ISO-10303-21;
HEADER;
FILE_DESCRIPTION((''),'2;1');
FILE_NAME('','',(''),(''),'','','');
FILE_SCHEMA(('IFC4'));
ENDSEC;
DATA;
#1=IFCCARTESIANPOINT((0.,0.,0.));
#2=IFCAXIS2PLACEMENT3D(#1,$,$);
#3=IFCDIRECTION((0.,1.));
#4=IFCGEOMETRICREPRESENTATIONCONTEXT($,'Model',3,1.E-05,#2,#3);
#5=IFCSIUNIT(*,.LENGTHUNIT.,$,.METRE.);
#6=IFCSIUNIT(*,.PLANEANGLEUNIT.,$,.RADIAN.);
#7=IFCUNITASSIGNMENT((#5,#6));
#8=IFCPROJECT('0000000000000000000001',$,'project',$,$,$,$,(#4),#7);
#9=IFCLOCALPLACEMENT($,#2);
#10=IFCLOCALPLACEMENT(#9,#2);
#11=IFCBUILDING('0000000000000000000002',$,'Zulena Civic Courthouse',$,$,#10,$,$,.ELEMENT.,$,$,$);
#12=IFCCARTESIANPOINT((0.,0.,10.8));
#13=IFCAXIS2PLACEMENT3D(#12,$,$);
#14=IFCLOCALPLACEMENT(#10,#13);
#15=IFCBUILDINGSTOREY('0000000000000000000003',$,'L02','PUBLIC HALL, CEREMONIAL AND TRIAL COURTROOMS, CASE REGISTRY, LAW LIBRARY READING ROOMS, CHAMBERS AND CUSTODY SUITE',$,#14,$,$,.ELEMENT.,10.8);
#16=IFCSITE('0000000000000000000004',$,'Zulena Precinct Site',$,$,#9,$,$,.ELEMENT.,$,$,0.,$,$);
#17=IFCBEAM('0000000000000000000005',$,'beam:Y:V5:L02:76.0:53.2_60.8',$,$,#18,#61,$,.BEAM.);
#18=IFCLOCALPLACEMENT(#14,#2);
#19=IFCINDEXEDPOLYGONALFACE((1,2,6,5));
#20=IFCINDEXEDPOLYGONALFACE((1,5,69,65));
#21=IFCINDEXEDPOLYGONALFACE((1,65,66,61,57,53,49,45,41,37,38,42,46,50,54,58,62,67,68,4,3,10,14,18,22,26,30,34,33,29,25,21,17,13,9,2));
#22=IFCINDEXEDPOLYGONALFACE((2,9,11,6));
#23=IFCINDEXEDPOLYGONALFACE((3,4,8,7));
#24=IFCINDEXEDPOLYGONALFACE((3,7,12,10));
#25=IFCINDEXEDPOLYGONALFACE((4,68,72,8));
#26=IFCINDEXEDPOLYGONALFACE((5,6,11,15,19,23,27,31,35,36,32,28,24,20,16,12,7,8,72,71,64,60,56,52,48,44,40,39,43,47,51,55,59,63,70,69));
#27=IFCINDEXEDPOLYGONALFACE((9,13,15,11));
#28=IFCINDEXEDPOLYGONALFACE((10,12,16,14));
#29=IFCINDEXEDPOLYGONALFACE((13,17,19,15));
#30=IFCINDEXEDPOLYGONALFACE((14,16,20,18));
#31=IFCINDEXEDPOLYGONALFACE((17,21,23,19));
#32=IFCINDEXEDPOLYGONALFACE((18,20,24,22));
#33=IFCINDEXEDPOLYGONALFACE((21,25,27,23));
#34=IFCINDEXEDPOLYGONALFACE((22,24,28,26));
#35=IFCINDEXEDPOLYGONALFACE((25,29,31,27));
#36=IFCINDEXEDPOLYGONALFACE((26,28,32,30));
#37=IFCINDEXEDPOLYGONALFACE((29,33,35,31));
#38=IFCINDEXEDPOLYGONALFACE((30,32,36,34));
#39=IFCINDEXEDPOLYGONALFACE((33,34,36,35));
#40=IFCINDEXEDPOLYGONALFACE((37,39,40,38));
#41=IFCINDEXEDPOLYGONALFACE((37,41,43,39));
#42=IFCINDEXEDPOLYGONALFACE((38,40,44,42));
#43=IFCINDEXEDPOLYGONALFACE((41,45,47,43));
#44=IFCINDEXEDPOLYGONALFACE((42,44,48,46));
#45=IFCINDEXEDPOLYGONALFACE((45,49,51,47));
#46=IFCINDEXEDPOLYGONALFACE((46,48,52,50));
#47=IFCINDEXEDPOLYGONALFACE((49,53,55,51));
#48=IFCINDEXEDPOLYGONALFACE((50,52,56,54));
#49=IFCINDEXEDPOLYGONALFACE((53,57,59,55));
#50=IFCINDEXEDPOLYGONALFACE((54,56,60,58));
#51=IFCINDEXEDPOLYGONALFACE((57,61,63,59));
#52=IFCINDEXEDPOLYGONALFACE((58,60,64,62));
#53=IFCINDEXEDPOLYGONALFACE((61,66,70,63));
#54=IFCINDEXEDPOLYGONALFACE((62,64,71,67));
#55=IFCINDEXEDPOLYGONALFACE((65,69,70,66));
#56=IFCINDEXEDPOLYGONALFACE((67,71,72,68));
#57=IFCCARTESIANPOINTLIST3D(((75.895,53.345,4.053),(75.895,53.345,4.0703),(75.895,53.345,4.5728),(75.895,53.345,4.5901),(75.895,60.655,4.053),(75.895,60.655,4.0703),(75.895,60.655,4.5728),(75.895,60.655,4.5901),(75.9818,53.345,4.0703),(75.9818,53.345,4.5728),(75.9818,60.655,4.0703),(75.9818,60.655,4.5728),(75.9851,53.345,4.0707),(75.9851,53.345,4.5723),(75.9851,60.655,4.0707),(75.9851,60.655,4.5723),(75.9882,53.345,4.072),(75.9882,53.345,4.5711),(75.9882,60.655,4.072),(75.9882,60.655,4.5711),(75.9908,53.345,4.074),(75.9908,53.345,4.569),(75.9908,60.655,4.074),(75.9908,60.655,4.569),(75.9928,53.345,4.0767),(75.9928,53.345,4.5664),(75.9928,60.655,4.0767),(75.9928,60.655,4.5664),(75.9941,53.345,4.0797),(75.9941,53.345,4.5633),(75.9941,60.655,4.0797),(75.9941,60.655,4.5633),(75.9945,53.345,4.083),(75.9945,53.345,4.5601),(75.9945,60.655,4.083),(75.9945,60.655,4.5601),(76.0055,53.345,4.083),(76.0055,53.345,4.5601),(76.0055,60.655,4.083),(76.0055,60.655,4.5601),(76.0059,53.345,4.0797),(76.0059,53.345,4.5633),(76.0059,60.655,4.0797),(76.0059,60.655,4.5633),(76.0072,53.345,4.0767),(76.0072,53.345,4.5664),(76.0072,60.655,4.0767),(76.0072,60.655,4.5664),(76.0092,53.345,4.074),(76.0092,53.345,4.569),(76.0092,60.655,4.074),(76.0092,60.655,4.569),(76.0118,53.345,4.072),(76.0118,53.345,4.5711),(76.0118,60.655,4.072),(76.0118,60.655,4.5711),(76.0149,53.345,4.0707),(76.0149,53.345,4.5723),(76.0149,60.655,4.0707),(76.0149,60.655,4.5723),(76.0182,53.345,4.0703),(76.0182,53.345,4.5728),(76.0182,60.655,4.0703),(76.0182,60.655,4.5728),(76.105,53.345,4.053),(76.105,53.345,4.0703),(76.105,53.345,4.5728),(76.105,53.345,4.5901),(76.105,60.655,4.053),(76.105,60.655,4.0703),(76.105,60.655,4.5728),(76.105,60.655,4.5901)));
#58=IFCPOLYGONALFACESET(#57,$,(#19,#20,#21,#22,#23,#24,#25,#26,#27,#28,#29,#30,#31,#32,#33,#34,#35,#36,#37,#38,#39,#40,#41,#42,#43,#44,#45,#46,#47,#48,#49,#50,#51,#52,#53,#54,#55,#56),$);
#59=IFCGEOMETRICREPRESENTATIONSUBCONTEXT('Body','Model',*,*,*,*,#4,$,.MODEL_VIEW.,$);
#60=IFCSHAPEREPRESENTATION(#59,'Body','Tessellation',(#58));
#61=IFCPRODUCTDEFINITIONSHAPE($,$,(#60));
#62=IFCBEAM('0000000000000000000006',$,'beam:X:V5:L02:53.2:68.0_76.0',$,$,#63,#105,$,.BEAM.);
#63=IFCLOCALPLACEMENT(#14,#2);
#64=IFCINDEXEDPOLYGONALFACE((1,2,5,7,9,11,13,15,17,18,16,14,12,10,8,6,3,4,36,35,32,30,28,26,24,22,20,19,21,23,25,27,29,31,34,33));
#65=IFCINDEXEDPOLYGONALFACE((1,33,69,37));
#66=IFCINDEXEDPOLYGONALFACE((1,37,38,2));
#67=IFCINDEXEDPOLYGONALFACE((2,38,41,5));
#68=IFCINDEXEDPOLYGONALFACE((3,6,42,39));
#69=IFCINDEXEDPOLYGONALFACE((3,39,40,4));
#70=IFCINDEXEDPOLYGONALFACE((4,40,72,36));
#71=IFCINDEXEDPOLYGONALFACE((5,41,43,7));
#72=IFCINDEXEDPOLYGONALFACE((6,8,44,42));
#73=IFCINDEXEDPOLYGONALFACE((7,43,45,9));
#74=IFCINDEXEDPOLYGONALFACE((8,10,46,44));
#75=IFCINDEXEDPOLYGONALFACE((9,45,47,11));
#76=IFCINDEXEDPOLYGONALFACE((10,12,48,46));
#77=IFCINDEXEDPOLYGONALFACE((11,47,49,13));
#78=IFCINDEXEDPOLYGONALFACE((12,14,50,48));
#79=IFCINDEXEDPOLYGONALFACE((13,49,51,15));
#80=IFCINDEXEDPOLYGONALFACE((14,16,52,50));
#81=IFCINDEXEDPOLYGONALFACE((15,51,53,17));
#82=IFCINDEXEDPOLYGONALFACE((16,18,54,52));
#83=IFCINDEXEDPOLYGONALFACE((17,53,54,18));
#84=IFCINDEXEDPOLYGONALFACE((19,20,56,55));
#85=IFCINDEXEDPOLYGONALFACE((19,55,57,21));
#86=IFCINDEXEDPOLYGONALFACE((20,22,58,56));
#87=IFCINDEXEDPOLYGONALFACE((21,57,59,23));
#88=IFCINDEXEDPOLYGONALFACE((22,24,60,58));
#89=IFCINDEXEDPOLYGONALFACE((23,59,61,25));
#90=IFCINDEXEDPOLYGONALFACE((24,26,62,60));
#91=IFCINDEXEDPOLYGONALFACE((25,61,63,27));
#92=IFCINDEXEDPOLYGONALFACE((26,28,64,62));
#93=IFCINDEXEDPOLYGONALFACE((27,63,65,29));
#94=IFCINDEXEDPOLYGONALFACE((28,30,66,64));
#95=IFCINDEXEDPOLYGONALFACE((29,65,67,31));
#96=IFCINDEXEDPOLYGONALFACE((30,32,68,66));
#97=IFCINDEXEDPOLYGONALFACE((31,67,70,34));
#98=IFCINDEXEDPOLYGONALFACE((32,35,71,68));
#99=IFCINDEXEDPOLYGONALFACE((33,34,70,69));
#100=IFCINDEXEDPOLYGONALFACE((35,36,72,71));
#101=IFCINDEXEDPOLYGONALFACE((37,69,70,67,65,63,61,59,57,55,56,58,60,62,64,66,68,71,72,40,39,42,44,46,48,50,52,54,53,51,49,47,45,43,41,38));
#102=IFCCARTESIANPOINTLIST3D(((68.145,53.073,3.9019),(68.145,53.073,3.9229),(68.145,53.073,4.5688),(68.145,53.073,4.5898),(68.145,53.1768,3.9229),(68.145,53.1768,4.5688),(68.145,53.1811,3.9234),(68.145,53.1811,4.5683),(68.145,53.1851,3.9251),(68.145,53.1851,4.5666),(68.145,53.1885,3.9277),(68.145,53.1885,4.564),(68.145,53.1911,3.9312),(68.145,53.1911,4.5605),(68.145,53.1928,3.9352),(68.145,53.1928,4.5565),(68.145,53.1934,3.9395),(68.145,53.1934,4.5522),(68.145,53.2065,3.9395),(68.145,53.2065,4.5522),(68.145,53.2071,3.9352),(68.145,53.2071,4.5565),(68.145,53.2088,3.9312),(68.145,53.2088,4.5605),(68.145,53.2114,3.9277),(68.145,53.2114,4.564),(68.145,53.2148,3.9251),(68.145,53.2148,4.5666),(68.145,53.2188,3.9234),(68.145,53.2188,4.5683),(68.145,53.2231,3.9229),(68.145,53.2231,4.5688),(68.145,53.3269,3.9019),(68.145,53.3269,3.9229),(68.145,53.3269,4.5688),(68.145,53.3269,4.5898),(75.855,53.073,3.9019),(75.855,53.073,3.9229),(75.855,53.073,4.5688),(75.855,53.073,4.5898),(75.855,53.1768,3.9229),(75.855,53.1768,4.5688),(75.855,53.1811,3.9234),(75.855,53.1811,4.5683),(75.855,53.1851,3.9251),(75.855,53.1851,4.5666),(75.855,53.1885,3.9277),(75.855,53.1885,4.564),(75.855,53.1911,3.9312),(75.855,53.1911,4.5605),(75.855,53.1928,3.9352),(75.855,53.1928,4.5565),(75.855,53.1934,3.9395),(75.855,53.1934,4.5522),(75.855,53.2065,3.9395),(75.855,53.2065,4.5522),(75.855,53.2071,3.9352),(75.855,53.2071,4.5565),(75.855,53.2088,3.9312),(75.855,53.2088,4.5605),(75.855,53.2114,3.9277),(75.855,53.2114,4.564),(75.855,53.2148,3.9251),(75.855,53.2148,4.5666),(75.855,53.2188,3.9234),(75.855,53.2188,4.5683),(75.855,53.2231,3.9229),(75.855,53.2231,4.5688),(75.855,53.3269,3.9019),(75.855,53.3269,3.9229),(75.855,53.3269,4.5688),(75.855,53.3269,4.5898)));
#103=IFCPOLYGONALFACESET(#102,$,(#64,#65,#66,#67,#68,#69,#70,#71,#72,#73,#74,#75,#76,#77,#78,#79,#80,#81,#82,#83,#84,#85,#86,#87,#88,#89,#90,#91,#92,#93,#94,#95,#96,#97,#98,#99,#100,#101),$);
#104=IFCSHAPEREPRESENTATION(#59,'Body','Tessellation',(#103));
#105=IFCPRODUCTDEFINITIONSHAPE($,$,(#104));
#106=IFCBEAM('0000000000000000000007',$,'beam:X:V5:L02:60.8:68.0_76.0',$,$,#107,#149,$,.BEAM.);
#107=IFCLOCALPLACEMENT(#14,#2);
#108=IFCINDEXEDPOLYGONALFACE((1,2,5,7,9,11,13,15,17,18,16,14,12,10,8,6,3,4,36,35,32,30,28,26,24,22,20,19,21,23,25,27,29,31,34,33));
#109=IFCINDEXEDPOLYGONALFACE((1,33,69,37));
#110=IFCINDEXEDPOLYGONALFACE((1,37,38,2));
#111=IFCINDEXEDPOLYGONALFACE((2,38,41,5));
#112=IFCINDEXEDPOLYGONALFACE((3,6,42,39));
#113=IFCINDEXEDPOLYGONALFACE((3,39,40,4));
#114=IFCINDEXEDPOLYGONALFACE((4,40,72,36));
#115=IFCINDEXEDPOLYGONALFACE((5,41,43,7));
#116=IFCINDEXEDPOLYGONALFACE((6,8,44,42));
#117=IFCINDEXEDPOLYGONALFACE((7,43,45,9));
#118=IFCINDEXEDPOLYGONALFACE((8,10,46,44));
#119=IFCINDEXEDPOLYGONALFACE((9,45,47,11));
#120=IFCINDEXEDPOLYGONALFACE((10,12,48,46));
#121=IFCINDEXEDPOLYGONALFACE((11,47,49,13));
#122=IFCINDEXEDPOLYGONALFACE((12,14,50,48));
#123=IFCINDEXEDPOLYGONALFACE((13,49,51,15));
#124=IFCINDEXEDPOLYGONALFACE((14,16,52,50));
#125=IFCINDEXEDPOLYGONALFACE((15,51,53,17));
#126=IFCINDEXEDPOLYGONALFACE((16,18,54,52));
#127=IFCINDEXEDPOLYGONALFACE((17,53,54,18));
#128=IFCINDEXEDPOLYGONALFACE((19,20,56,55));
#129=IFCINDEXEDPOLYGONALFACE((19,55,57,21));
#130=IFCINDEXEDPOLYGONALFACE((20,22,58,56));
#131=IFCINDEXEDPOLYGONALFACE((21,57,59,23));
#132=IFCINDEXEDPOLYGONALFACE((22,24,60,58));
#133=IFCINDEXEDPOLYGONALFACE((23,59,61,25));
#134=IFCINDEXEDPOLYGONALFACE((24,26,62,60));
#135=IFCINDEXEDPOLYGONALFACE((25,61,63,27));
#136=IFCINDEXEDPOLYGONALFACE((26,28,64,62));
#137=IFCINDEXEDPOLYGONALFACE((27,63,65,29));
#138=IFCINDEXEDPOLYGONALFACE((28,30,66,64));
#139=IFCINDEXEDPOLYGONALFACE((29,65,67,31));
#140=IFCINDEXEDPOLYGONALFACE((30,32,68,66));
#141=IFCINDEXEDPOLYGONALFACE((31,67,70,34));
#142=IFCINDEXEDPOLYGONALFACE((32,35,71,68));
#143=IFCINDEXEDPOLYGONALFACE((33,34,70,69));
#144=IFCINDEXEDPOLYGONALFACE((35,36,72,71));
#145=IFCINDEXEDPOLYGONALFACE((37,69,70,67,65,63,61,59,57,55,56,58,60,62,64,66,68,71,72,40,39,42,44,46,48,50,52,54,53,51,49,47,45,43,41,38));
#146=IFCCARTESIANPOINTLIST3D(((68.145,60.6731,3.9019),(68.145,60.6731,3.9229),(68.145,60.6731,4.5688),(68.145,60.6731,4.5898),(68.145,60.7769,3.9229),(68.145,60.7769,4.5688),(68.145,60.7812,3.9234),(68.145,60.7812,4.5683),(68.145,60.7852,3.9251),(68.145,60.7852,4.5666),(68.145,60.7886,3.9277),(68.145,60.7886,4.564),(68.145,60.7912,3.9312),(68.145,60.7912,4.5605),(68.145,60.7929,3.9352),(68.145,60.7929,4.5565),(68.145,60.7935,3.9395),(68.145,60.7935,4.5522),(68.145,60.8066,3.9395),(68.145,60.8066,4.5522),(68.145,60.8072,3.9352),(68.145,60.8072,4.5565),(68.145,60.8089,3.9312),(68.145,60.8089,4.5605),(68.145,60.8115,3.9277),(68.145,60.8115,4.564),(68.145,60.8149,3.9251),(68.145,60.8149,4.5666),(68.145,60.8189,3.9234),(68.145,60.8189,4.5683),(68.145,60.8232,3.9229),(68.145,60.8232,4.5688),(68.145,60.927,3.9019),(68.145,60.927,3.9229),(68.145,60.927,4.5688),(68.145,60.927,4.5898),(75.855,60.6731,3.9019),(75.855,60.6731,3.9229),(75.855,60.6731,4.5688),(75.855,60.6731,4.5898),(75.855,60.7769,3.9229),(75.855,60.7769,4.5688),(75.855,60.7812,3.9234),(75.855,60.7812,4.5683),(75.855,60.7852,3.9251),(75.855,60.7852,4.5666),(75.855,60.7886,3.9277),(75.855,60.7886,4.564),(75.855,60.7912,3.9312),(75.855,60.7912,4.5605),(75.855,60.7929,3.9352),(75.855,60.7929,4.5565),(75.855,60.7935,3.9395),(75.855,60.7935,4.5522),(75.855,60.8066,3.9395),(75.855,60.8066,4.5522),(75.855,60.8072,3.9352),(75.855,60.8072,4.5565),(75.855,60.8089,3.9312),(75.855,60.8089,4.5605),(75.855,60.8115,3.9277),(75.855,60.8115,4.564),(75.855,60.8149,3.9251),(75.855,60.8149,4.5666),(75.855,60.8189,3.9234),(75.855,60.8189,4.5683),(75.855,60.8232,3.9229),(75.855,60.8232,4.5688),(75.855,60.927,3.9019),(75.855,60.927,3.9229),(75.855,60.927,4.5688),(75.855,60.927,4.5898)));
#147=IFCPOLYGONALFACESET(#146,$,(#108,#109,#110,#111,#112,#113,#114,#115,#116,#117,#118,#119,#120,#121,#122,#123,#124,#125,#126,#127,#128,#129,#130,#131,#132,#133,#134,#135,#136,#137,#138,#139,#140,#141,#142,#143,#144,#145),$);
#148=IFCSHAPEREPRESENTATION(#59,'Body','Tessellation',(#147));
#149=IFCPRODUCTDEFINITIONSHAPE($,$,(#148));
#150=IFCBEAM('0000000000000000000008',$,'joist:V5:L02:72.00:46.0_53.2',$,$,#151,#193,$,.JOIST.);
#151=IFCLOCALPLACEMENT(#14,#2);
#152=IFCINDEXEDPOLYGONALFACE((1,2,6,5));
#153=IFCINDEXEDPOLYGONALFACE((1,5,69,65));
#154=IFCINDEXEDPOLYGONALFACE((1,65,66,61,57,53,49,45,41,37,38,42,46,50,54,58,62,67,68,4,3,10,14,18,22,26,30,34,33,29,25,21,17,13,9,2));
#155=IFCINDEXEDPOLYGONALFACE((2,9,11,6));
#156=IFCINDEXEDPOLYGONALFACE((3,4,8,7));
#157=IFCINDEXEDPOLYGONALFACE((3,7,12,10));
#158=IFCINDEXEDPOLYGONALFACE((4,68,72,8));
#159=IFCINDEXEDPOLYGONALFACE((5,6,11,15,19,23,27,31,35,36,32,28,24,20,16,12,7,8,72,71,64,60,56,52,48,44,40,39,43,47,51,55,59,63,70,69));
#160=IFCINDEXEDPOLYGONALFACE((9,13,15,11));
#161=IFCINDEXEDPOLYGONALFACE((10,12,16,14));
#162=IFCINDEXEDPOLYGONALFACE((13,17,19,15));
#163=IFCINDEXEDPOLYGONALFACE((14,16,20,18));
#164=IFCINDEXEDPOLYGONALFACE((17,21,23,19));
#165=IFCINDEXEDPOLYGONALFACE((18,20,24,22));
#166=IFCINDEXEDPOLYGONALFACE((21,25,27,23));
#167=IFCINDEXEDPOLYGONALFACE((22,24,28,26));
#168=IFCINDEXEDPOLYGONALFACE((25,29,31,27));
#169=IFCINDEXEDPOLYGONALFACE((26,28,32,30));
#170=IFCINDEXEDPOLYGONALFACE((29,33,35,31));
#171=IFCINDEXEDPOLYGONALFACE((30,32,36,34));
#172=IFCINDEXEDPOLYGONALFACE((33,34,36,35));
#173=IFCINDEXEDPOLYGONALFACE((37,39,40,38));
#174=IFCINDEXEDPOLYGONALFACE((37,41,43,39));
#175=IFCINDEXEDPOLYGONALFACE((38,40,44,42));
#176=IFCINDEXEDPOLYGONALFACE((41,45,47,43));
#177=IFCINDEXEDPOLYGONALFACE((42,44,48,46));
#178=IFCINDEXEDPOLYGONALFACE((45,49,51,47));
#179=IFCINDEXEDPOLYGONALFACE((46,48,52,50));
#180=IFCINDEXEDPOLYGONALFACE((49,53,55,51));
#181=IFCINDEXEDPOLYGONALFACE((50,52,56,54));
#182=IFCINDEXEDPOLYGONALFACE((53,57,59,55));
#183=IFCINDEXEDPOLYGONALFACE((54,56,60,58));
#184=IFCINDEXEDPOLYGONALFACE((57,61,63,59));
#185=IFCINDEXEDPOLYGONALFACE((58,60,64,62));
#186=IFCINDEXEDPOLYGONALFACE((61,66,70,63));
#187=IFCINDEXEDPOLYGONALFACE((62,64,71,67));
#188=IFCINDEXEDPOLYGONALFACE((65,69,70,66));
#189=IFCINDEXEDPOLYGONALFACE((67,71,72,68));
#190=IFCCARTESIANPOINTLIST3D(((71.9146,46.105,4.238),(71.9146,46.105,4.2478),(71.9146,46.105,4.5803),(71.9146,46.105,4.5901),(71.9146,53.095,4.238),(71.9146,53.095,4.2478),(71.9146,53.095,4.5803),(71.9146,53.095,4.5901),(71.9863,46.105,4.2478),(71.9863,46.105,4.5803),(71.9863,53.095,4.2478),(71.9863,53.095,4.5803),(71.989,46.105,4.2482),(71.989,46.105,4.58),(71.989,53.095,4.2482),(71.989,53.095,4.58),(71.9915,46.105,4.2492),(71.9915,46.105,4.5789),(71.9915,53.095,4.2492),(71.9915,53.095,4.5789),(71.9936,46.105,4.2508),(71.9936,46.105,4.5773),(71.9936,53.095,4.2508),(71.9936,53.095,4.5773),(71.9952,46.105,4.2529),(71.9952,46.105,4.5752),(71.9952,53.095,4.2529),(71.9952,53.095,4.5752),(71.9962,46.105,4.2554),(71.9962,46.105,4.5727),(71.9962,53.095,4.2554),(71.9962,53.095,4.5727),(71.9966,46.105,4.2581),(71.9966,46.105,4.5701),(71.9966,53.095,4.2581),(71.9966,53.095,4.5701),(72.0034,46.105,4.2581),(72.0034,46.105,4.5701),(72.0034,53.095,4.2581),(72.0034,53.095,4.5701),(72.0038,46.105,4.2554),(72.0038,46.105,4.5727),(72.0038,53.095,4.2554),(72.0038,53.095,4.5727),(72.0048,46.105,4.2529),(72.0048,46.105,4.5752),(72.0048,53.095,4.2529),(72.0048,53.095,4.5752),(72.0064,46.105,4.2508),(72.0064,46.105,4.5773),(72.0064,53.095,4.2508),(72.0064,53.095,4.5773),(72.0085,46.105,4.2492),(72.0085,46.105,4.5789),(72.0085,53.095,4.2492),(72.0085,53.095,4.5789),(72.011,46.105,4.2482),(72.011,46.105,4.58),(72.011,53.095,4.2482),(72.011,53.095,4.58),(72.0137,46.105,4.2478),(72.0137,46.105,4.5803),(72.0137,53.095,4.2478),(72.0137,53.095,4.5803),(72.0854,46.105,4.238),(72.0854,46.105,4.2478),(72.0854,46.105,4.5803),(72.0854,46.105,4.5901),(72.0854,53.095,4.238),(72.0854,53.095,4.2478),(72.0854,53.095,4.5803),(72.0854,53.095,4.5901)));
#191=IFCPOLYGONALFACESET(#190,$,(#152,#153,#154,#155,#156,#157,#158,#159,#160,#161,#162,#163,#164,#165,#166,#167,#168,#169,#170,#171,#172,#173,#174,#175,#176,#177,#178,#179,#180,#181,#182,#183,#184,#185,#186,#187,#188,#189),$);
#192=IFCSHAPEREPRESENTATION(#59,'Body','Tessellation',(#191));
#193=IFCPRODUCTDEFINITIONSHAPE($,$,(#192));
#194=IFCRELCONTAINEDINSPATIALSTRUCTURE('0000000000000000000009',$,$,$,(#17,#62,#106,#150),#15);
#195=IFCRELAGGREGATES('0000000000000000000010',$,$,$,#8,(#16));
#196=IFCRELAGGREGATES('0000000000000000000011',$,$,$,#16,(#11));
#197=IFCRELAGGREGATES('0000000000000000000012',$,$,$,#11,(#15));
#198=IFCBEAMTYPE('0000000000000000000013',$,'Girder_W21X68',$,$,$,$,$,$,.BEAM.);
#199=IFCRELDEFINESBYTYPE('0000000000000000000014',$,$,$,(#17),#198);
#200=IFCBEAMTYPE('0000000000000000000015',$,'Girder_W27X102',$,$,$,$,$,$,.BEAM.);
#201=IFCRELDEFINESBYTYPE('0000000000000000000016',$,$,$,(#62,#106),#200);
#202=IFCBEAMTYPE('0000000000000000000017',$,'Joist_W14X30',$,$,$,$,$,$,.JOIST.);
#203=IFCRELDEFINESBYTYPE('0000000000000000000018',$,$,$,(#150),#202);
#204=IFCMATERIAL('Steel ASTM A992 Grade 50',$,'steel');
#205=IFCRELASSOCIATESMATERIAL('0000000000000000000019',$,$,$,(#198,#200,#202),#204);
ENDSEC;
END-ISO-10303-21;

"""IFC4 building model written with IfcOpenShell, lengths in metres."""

from ifc_helpers import new_model, si_unit, direction, frame, origin, origin_2d, place, context, subcontext, project, spatial, i_section, extrude, material, material_profile, profile_set, type_object, element, save


model = new_model("IFC4")

# Units and contexts
model_context = context("Model", 3, precision=1e-05, world=origin(), true_north=direction((0.0, 1.0)))
body_context = subcontext(model_context, "Body", "Model", "MODEL_VIEW")
ifc_project = project(units=[si_unit("LENGTHUNIT", "METRE"), si_unit("PLANEANGLEUNIT", "RADIAN")], contexts=[model_context])

# Site, building, storey
site_placement = place(None, origin())
site = spatial("IfcSite", under=ifc_project, at=site_placement, Name="Zulena Precinct Site", CompositionType="ELEMENT", RefElevation=0.0)
building_placement = place(site_placement, origin())
building = spatial("IfcBuilding", under=site, at=building_placement, Name="Zulena Civic Courthouse", CompositionType="ELEMENT")
storey_placement = place(building_placement, frame((0.0, 0.0, 10.8)))
storey = spatial("IfcBuildingStorey", under=building, at=storey_placement, Name="L02", Description="PUBLIC HALL, CEREMONIAL AND TRIAL COURTROOMS, CASE REGISTRY, LAW LIBRARY READING ROOMS, CHAMBERS AND CUSTODY SUITE", CompositionType="ELEMENT", Elevation=10.8)

# Shared definitions
ifc_material_1 = material(Name="Steel ASTM A992 Grade 50", Category="steel")

# Beams
ifc_material_profile_1 = material_profile(ifc_material_1, i_section(OverallWidth=0.21, OverallDepth=0.5371, WebThickness=0.011, FlangeThickness=0.0173, FilletRadius=0.0127, at=origin_2d()), Name="W21X68")
ifc_profile_set_1 = profile_set([ifc_material_profile_1], Name="Steel ASTM A992 Grade 50")
beam_type_1 = type_object("IfcBeamType", Name="Girder_W21X68", PredefinedType="BEAM", material=ifc_profile_set_1)
for number, where, z_axis, x_axis, name in (
    (1, (76.0, 53.345, 4.3215), (0.0, 1.0, 0.0), (-1.0, 0.0, 0.0), "beam:Y:V5:L02:76.0:53.2_60.8"),
):
    element("IfcBeam", number, at=place(storey_placement, frame(where, z_axis=z_axis, x_axis=x_axis)), inside=storey, type_object=beam_type_1, Name=name, PredefinedType="BEAM", context=body_context, shape_type="SweptSolid", body=[
        extrude(i_section(OverallWidth=0.21, OverallDepth=0.5371, WebThickness=0.011, FlangeThickness=0.0173, FilletRadius=0.0127, at=origin_2d()), origin(), (0.0, 0.0, 1.0), 7.3101),
    ])
ifc_material_profile_2 = material_profile(ifc_material_1, i_section(OverallWidth=0.2539, OverallDepth=0.688, WebThickness=0.0132, FlangeThickness=0.021, FilletRadius=0.0166, at=origin_2d()), Name="W27X102")
ifc_profile_set_2 = profile_set([ifc_material_profile_2], Name="Steel ASTM A992 Grade 50")
beam_type_2 = type_object("IfcBeamType", Name="Girder_W27X102", PredefinedType="BEAM", material=ifc_profile_set_2)
for number, where, z_axis, x_axis, name in (
    (2, (68.145, 53.2, 4.2458), (1.0, 0.0, 0.0), (0.0, 1.0, 0.0), "beam:X:V5:L02:53.2:68.0_76.0"),
    (3, (68.145, 60.8, 4.2458), (1.0, 0.0, 0.0), (0.0, 1.0, 0.0), "beam:X:V5:L02:60.8:68.0_76.0"),
):
    element("IfcBeam", number, at=place(storey_placement, frame(where, z_axis=z_axis, x_axis=x_axis)), inside=storey, type_object=beam_type_2, Name=name, PredefinedType="BEAM", context=body_context, shape_type="SweptSolid", body=[
        extrude(i_section(OverallWidth=0.2539, OverallDepth=0.688, WebThickness=0.0132, FlangeThickness=0.021, FilletRadius=0.0166, at=origin_2d()), origin(), (0.0, 0.0, 1.0), 7.71),
    ])
ifc_material_profile_3 = material_profile(ifc_material_1, i_section(OverallWidth=0.1709, OverallDepth=0.3521, WebThickness=0.0068, FlangeThickness=0.0098, FilletRadius=0.0103, at=origin_2d()), Name="W14X30")
ifc_profile_set_3 = profile_set([ifc_material_profile_3], Name="Steel ASTM A992 Grade 50")
beam_type_3 = type_object("IfcBeamType", Name="Joist_W14X30", PredefinedType="JOIST", material=ifc_profile_set_3)
beam_1_placement = place(storey_placement, frame((72.0, 46.105, 4.4141), z_axis=(0.0, 1.0, 0.0), x_axis=(-1.0, 0.0, 0.0)))
element("IfcBeam", 4, at=beam_1_placement, inside=storey, type_object=beam_type_3, Name="joist:V5:L02:72.00:46.0_53.2", PredefinedType="JOIST", context=body_context, shape_type="SweptSolid", body=[
    extrude(i_section(OverallWidth=0.1709, OverallDepth=0.3521, WebThickness=0.0068, FlangeThickness=0.0098, FilletRadius=0.0103, at=origin_2d()), origin(), (0.0, 0.0, 1.0), 6.99),
])

save(model, "model.ifc")
